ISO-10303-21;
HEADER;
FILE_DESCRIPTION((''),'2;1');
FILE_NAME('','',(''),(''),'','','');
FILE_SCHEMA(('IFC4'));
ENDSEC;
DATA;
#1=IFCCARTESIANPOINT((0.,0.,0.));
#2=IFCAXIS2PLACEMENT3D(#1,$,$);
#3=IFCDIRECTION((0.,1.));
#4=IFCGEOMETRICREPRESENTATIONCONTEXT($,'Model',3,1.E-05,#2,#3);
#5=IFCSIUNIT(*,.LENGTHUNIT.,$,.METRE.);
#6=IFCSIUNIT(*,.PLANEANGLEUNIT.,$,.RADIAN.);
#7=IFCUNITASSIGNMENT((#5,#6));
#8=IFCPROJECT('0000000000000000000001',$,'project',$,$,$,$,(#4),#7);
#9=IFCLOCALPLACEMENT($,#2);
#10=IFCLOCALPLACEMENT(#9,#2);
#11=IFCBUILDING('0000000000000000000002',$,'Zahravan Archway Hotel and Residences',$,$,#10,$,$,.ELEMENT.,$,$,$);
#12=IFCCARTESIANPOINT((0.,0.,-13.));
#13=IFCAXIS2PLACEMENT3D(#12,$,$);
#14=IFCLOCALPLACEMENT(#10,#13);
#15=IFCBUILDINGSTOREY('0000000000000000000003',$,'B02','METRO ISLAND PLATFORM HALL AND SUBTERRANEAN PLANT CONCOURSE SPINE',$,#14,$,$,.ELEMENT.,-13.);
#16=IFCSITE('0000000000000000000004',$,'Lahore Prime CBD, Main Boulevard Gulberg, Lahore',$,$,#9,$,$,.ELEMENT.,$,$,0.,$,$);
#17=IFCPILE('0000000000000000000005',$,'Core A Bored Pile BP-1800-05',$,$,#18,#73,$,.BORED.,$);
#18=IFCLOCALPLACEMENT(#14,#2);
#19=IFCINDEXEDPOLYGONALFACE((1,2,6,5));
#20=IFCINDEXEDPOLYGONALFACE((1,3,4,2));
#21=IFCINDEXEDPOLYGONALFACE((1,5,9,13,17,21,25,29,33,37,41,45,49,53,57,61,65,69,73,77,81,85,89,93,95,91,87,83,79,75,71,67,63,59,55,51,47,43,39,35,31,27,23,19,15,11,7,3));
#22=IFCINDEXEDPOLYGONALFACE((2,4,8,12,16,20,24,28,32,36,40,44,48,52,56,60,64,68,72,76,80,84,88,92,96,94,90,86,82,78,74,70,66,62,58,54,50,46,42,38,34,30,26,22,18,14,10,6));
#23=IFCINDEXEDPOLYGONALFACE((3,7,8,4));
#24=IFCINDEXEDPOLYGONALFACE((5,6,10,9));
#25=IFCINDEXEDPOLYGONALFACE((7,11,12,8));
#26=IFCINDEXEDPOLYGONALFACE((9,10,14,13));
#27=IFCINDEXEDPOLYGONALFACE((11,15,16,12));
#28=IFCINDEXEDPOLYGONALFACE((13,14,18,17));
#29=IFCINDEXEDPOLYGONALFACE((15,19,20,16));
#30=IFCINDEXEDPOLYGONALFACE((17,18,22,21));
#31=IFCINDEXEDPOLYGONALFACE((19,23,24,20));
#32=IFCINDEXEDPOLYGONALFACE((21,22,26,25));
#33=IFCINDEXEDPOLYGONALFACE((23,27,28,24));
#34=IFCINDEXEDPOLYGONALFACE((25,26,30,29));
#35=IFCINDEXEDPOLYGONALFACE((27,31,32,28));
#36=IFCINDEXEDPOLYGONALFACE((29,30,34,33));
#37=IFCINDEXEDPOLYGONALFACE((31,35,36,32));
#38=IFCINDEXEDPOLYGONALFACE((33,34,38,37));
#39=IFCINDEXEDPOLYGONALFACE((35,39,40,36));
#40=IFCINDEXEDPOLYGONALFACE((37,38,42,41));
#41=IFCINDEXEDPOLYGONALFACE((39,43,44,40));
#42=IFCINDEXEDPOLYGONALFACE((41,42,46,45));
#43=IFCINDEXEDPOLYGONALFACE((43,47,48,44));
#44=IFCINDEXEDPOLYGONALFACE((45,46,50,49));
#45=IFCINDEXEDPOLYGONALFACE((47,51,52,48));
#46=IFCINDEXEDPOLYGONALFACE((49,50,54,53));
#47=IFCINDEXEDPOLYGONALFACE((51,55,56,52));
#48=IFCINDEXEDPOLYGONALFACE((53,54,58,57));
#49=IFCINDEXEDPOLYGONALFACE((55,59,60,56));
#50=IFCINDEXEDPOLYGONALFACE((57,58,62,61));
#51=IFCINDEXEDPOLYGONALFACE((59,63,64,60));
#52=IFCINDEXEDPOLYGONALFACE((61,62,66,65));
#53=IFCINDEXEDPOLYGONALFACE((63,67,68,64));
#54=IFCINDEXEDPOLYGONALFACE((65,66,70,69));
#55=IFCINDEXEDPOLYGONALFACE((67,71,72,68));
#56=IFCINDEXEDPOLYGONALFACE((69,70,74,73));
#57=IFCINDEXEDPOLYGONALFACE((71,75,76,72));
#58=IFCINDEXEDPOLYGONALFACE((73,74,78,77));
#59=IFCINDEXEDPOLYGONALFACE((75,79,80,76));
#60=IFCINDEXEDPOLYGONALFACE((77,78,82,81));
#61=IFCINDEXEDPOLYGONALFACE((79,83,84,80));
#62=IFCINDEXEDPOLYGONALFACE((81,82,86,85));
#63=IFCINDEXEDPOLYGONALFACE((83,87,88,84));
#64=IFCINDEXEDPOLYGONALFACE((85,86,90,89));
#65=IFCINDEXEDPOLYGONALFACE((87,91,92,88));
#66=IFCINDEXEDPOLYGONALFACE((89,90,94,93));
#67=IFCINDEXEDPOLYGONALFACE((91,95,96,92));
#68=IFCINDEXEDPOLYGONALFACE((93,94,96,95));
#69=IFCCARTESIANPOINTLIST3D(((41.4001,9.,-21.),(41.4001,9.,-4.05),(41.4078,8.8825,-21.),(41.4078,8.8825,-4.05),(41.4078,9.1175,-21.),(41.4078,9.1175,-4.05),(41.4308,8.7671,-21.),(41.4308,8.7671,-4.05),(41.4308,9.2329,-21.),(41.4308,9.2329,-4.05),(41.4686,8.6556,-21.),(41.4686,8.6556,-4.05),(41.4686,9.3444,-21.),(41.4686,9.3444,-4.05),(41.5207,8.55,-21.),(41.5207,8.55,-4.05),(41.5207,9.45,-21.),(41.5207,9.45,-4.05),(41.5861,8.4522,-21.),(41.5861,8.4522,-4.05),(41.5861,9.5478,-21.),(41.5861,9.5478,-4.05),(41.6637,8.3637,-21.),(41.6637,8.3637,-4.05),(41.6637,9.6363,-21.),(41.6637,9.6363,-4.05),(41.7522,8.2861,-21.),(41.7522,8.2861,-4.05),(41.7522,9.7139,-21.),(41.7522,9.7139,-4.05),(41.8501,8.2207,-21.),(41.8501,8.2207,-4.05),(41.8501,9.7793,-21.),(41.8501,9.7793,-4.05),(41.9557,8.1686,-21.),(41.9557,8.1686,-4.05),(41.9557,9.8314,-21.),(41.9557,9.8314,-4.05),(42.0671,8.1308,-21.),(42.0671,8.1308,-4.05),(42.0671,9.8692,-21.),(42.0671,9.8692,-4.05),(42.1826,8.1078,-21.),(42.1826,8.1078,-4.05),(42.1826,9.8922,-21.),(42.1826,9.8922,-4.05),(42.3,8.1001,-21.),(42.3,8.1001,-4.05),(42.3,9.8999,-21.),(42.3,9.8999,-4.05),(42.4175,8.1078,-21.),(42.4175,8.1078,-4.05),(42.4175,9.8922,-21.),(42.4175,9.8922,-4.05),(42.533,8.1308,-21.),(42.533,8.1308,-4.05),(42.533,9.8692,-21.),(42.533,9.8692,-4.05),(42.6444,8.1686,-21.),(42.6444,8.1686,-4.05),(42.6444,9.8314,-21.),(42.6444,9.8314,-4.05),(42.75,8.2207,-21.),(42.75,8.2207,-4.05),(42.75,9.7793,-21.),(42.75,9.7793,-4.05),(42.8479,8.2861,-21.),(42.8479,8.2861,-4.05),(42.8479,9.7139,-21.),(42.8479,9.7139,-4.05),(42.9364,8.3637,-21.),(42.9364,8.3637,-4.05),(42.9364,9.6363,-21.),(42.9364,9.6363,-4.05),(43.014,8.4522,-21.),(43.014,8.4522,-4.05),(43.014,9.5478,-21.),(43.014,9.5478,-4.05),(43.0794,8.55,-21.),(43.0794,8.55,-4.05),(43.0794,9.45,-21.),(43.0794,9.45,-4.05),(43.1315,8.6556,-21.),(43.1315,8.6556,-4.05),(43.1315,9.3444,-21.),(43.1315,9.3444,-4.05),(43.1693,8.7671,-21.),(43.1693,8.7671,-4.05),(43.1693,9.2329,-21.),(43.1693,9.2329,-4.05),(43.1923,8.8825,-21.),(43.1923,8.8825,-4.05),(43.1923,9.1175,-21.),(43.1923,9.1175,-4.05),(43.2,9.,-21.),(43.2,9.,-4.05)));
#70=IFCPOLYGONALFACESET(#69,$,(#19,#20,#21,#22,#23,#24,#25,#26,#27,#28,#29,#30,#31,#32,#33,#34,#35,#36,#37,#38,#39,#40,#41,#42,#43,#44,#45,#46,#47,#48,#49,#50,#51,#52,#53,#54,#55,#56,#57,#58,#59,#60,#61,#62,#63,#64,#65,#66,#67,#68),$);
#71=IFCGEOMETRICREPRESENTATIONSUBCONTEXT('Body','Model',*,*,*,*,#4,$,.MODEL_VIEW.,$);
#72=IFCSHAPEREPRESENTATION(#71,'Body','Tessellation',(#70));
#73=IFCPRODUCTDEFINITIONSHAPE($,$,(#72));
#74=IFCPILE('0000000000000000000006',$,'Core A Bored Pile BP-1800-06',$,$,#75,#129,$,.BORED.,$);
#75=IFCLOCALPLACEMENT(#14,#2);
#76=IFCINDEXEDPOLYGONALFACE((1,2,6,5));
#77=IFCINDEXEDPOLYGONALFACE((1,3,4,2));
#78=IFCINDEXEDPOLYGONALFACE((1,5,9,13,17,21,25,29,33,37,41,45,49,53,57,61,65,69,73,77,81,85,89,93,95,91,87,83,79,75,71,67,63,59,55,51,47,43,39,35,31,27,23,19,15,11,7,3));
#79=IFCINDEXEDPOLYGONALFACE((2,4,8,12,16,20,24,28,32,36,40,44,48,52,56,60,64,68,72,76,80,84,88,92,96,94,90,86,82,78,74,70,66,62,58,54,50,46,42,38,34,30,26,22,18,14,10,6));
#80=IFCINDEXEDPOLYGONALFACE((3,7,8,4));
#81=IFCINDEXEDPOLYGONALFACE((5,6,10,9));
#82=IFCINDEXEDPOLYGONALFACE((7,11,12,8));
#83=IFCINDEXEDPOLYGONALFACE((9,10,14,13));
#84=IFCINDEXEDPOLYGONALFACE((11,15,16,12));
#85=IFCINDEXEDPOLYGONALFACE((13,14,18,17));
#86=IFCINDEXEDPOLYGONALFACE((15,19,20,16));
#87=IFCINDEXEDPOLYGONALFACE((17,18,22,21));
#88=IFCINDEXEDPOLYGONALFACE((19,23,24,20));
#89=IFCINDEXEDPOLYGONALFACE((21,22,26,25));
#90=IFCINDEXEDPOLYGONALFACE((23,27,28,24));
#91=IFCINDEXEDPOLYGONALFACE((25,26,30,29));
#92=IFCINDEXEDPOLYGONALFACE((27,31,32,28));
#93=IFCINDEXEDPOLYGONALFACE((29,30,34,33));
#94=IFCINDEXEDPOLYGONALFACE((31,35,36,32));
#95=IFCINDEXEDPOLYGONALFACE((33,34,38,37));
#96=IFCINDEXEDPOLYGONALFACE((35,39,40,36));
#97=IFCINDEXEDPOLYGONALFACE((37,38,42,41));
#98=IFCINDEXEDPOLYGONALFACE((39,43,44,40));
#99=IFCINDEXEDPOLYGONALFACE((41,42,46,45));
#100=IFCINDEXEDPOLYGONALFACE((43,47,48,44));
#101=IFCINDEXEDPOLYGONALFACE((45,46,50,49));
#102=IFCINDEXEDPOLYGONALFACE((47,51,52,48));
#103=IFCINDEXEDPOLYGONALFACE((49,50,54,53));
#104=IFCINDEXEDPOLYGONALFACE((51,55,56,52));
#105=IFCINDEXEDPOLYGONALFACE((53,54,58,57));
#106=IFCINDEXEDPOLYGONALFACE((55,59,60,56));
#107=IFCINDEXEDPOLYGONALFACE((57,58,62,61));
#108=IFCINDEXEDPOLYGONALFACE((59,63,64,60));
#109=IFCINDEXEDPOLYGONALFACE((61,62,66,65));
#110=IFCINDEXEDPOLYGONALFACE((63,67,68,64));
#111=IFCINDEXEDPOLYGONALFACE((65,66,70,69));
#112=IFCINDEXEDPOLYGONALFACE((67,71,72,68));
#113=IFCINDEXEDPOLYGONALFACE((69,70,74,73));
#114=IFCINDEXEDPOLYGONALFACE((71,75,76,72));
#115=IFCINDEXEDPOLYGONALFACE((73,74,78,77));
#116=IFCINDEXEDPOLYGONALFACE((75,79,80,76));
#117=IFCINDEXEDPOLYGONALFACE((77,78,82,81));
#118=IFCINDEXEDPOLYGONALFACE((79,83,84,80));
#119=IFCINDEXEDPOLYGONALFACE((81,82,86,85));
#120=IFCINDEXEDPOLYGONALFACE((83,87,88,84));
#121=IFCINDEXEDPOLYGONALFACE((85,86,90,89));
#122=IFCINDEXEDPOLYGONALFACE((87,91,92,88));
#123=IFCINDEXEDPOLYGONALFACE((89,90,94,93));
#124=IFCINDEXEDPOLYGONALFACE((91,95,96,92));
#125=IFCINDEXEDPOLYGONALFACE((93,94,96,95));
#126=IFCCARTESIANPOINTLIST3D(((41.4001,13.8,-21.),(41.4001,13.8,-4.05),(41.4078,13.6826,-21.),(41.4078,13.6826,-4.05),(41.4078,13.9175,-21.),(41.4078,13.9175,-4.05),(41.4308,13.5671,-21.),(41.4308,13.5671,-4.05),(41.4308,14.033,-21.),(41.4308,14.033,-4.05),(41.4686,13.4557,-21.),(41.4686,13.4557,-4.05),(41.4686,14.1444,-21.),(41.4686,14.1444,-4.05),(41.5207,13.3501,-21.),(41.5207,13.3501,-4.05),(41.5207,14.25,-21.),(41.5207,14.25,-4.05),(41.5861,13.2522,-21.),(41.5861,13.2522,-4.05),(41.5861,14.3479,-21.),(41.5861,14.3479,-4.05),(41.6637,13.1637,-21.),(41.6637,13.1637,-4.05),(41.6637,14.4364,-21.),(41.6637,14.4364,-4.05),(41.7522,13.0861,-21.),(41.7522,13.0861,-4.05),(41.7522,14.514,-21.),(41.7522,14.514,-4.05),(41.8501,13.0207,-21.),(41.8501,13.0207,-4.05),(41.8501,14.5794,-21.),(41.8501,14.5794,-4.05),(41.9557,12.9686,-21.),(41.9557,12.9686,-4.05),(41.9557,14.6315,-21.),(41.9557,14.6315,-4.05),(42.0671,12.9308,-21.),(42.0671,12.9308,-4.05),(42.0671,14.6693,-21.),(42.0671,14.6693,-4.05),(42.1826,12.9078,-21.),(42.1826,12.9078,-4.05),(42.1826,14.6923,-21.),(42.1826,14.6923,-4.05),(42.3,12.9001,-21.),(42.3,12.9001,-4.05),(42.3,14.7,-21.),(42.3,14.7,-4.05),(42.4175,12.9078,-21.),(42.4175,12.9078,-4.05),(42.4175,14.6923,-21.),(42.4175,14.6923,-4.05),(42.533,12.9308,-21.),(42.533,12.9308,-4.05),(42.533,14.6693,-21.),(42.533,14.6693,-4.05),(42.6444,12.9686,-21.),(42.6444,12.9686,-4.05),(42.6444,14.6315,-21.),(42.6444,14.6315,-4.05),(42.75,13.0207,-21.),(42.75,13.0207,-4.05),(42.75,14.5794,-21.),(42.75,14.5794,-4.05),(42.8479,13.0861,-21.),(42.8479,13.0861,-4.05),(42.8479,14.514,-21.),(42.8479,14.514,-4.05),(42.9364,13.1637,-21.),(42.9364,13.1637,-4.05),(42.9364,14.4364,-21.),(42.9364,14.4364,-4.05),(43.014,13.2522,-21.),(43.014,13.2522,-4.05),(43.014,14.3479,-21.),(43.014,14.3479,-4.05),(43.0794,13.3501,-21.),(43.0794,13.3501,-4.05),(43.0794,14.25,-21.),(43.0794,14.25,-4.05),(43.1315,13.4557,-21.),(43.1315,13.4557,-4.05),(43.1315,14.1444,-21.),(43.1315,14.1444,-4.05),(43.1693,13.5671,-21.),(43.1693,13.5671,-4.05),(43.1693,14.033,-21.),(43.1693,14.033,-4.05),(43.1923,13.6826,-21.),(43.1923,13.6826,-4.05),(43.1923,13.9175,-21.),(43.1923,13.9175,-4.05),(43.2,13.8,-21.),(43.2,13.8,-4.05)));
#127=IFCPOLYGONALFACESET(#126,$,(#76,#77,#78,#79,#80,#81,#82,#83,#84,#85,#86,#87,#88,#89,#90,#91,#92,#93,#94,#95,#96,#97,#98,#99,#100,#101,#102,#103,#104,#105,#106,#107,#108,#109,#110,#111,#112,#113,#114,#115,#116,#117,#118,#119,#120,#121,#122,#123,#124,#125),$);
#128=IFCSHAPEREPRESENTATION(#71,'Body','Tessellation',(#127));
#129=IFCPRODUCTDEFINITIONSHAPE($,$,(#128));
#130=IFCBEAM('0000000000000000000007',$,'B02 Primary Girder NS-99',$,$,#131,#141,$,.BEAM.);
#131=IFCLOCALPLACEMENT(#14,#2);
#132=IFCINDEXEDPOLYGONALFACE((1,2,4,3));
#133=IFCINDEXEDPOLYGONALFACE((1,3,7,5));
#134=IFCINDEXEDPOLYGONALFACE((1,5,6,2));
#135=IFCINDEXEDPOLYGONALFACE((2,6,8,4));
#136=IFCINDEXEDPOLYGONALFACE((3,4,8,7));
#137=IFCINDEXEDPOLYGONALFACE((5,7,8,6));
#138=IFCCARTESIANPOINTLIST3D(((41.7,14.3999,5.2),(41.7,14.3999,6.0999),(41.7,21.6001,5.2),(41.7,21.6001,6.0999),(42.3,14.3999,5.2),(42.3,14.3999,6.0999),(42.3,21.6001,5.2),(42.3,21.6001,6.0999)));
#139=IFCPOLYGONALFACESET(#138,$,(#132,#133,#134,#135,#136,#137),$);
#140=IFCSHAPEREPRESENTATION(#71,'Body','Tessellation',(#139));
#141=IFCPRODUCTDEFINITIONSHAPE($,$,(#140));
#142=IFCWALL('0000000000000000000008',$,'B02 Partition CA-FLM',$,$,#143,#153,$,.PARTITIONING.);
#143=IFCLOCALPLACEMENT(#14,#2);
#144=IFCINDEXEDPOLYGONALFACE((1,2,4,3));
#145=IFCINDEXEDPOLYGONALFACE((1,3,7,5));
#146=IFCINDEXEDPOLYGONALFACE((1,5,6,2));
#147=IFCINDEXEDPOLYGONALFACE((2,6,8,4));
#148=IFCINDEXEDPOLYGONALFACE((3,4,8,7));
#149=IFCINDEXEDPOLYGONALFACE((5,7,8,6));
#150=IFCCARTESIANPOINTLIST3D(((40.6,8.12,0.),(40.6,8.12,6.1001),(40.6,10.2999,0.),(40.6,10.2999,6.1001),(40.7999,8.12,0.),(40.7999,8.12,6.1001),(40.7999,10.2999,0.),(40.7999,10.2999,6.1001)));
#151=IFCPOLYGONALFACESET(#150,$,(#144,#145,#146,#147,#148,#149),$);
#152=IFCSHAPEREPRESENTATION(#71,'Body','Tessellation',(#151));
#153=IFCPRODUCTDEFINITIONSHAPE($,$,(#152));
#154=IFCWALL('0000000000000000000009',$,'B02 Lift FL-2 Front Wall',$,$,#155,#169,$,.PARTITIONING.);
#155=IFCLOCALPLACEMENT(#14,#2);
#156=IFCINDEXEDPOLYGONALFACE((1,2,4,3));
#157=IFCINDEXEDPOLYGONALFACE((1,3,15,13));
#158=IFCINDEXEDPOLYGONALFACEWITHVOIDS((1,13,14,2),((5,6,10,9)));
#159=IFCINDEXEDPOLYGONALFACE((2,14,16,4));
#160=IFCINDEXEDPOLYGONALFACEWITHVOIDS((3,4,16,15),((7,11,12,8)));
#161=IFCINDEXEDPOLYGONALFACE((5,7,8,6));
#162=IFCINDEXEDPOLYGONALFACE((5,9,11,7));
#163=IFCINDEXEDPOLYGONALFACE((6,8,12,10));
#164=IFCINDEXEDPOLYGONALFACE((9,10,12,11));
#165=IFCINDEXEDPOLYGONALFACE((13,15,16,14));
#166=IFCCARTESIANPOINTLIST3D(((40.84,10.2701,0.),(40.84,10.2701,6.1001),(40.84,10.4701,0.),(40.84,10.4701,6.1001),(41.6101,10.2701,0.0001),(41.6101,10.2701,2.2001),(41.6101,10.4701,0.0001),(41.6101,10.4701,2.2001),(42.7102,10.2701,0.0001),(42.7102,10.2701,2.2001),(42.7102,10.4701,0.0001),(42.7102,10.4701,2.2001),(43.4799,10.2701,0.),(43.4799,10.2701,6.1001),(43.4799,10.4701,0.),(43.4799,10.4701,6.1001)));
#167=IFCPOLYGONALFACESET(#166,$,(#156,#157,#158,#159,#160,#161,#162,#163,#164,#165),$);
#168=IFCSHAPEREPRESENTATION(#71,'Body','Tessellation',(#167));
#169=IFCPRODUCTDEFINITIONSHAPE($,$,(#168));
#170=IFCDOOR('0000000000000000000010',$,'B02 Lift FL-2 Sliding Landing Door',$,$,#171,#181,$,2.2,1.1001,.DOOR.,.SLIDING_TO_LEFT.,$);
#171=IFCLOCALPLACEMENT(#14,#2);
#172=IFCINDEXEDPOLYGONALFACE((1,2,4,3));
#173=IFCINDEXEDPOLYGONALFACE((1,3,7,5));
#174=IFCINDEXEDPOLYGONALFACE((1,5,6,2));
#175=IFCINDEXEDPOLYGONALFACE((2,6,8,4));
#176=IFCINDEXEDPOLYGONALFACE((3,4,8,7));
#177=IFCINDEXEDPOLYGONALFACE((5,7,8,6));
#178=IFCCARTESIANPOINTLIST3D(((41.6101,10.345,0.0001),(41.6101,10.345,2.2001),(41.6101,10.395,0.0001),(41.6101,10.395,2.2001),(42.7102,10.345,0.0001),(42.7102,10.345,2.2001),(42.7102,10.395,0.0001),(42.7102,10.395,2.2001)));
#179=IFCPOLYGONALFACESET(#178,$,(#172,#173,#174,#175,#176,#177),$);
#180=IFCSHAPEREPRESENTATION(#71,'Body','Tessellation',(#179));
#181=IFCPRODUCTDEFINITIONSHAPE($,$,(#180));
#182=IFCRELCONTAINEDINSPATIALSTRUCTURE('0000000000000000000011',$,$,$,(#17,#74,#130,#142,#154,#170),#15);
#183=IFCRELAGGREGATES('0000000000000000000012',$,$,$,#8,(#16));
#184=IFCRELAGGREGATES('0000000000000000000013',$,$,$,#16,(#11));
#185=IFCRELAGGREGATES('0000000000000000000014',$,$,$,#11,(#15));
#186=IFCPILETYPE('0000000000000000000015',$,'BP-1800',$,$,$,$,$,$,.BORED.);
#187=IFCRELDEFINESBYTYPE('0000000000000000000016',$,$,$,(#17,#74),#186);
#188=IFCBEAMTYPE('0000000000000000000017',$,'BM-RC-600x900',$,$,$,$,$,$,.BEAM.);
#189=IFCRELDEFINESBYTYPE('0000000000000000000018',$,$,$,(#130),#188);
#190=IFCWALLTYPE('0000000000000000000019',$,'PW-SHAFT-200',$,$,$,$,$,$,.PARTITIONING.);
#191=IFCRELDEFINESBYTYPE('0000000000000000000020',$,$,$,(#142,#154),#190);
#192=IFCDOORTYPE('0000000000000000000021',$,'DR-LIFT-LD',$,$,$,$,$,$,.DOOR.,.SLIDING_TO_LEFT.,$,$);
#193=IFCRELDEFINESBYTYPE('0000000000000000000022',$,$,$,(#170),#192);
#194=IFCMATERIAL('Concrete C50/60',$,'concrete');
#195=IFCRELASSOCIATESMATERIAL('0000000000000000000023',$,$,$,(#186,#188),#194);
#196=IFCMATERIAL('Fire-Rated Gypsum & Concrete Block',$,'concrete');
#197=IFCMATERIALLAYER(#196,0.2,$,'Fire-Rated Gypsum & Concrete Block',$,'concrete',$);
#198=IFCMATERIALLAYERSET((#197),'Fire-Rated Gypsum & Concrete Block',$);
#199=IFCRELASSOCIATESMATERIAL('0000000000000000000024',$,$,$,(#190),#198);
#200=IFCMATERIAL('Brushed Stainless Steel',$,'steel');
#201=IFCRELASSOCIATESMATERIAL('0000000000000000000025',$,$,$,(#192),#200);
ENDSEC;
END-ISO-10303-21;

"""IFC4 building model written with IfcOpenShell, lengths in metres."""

from ifc_helpers import new_model, si_unit, direction, frame, frame_2d, origin, origin_2d, place, context, subcontext, project, spatial, rectangle, circle, extrude, source, transform, mapped, material, layer, layer_set, material_profile, profile_set, type_object, type_shapes, element, fill, save


model = new_model("IFC4")

# Units and contexts
model_context = context("Model", 3, precision=1e-05, world=origin(), true_north=direction((0.0, 1.0)))
body_context = subcontext(model_context, "Body", "Model", "MODEL_VIEW")
ifc_project = project(units=[si_unit("LENGTHUNIT", "METRE"), si_unit("PLANEANGLEUNIT", "RADIAN")], contexts=[model_context])

# Site, building, storey
site_placement = place(None, origin())
site = spatial("IfcSite", under=ifc_project, at=site_placement, Name="Lahore Prime CBD, Main Boulevard Gulberg, Lahore", CompositionType="ELEMENT", RefElevation=0.0)
building_placement = place(site_placement, origin())
building = spatial("IfcBuilding", under=site, at=building_placement, Name="Zahravan Archway Hotel and Residences", CompositionType="ELEMENT")
storey_placement = place(building_placement, frame((0.0, 0.0, -13.0)))
storey = spatial("IfcBuildingStorey", under=building, at=storey_placement, Name="B02", Description="METRO ISLAND PLATFORM HALL AND SUBTERRANEAN PLANT CONCOURSE SPINE", CompositionType="ELEMENT", Elevation=-13.0)

# Piles
ifc_material_1 = material(Name="Concrete C50/60", Category="concrete")
ifc_material_profile_1 = material_profile(ifc_material_1, circle(Radius=0.8999, at=origin_2d()), Name="PILE D1800", Category="concrete")
ifc_profile_set_1 = profile_set([ifc_material_profile_1], Name="Concrete C50/60")
pile_type = type_object("IfcPileType", Name="BP-1800", PredefinedType="BORED", material=ifc_profile_set_1)
shared_shape_1 = source(origin(), body_context, "Body", "SweptSolid", [
    extrude(circle(Radius=0.8999, at=origin_2d()), origin(), (0.0, 0.0, 1.0), 16.95),
])
type_shapes(pile_type, [shared_shape_1])
for number, where, z_axis, x_axis, name in (
    (1, (42.3, 9.0, -4.05), (0.0, 0.0, -1.0), (1.0, 0.0, 0.0), "Core A Bored Pile BP-1800-05"),
    (2, (42.3, 13.8, -4.05), (0.0, 0.0, -1.0), (1.0, 0.0, 0.0), "Core A Bored Pile BP-1800-06"),
):
    element("IfcPile", number, at=place(storey_placement, frame(where, z_axis=z_axis, x_axis=x_axis)), inside=storey, type_object=pile_type, Name=name, PredefinedType="BORED", context=body_context, shape_type="MappedRepresentation", body=[
        mapped(shared_shape_1, transform((0.0, 0.0, 0.0), scale=1.0)),
    ])

# Beam
ifc_material_profile_2 = material_profile(ifc_material_1, rectangle(XDim=0.6001, YDim=0.8999, at=origin_2d()), Name="RC-BM-600x900", Category="concrete")
ifc_profile_set_2 = profile_set([ifc_material_profile_2], Name="Concrete C50/60")
beam_type = type_object("IfcBeamType", Name="BM-RC-600x900", PredefinedType="BEAM", material=ifc_profile_set_2)
shared_shape_2 = source(origin(), body_context, "Body", "SweptSolid", [
    extrude(rectangle(XDim=0.6001, YDim=0.8999, at=origin_2d()), origin(), (0.0, 0.0, 1.0), 7.2002),
])
beam_placement = place(storey_placement, frame((42.0, 14.3999, 5.6499), z_axis=(0.0, 1.0, 0.0), x_axis=(-1.0, 0.0, 0.0)))
element("IfcBeam", 3, at=beam_placement, inside=storey, type_object=beam_type, Name="B02 Primary Girder NS-99", PredefinedType="BEAM", context=body_context, shape_type="MappedRepresentation", body=[
    mapped(shared_shape_2, transform((0.0, 0.0, 0.0), scale=1.0)),
])

# Shared definitions
ifc_material_2 = material(Name="Fire-Rated Gypsum & Concrete Block", Category="concrete")

# Wall
ifc_layer_1 = layer(ifc_material_2, 0.2, Name="Fire-Rated Gypsum & Concrete Block", Category="concrete")
ifc_layer_set_1 = layer_set([ifc_layer_1], Name="Fire-Rated Gypsum & Concrete Block")
wall_type_1 = type_object("IfcWallType", Name="PW-SHAFT-200", PredefinedType="PARTITIONING", material=ifc_layer_set_1)
wall_1_placement = place(storey_placement, frame((40.7, 8.1201, 0.0), z_axis=(0.0, 0.0, 1.0), x_axis=(0.0, 1.0, 0.0)))
element("IfcWall", 4, at=wall_1_placement, inside=storey, type_object=wall_type_1, Name="B02 Partition CA-FLM", PredefinedType="PARTITIONING", context=body_context, shape_type="SweptSolid", body=[
    extrude(rectangle(XDim=2.1799, YDim=0.2, at=frame_2d((1.0898, 0.0))), origin(), (0.0, 0.0, 1.0), 6.1001),
])

# Wall, opening, door
wall_2_placement = place(storey_placement, frame((40.8401, 10.3701, 0.0), z_axis=(0.0, 0.0, 1.0), x_axis=(1.0, 0.0, 0.0)))
wall_2 = element("IfcWall", 5, at=wall_2_placement, inside=storey, type_object=wall_type_1, Name="B02 Lift FL-2 Front Wall", PredefinedType="PARTITIONING", context=body_context, shape_type="SweptSolid", body=[
    extrude(rectangle(XDim=2.6399, YDim=0.2, at=frame_2d((1.3198, 0.0))), origin(), (0.0, 0.0, 1.0), 6.1001),
])
opening_1_placement = place(wall_2_placement, frame((0.77, 0.0, 0.0)))
opening_1 = element("IfcOpeningElement", 6, at=opening_1_placement, cuts=wall_2, PredefinedType="OPENING", context=body_context, shape_type="SweptSolid", body=[
    extrude(rectangle(XDim=1.1001, YDim=2.2, at=frame_2d((0.55, 1.1001))), frame((0.0, 0.1099, 0.0), z_axis=(0.0, -1.0, 0.0), x_axis=(1.0, 0.0, 0.0)), (0.0, 0.0, 1.0), 0.22),
])
ifc_material_3 = material(Name="Brushed Stainless Steel", Category="steel")
door_type_1 = type_object("IfcDoorType", Name="DR-LIFT-LD", OperationType="SLIDING_TO_LEFT", PredefinedType="DOOR", material=ifc_material_3)
shared_shape_3 = source(origin(), body_context, "Body", "SweptSolid", [
    extrude(rectangle(XDim=1.1001, YDim=2.2, at=frame_2d((0.55, 1.1001))), frame((0.0, 0.0249, 0.0), z_axis=(0.0, -1.0, 0.0), x_axis=(1.0, 0.0, 0.0)), (0.0, 0.0, 1.0), 0.05),
])
type_shapes(door_type_1, [shared_shape_3])
door_1_placement = place(opening_1_placement, origin())
door_1 = element("IfcDoor", 7, at=door_1_placement, inside=storey, type_object=door_type_1, Name="B02 Lift FL-2 Sliding Landing Door", OperationType="SLIDING_TO_LEFT", OverallHeight=2.2, OverallWidth=1.1001, PredefinedType="DOOR", context=body_context, shape_type="MappedRepresentation", body=[
    mapped(shared_shape_3, transform((0.0, 0.0, 0.0), scale=1.0)),
])
fill(opening_1, door_1)

save(model, "model.ifc")
